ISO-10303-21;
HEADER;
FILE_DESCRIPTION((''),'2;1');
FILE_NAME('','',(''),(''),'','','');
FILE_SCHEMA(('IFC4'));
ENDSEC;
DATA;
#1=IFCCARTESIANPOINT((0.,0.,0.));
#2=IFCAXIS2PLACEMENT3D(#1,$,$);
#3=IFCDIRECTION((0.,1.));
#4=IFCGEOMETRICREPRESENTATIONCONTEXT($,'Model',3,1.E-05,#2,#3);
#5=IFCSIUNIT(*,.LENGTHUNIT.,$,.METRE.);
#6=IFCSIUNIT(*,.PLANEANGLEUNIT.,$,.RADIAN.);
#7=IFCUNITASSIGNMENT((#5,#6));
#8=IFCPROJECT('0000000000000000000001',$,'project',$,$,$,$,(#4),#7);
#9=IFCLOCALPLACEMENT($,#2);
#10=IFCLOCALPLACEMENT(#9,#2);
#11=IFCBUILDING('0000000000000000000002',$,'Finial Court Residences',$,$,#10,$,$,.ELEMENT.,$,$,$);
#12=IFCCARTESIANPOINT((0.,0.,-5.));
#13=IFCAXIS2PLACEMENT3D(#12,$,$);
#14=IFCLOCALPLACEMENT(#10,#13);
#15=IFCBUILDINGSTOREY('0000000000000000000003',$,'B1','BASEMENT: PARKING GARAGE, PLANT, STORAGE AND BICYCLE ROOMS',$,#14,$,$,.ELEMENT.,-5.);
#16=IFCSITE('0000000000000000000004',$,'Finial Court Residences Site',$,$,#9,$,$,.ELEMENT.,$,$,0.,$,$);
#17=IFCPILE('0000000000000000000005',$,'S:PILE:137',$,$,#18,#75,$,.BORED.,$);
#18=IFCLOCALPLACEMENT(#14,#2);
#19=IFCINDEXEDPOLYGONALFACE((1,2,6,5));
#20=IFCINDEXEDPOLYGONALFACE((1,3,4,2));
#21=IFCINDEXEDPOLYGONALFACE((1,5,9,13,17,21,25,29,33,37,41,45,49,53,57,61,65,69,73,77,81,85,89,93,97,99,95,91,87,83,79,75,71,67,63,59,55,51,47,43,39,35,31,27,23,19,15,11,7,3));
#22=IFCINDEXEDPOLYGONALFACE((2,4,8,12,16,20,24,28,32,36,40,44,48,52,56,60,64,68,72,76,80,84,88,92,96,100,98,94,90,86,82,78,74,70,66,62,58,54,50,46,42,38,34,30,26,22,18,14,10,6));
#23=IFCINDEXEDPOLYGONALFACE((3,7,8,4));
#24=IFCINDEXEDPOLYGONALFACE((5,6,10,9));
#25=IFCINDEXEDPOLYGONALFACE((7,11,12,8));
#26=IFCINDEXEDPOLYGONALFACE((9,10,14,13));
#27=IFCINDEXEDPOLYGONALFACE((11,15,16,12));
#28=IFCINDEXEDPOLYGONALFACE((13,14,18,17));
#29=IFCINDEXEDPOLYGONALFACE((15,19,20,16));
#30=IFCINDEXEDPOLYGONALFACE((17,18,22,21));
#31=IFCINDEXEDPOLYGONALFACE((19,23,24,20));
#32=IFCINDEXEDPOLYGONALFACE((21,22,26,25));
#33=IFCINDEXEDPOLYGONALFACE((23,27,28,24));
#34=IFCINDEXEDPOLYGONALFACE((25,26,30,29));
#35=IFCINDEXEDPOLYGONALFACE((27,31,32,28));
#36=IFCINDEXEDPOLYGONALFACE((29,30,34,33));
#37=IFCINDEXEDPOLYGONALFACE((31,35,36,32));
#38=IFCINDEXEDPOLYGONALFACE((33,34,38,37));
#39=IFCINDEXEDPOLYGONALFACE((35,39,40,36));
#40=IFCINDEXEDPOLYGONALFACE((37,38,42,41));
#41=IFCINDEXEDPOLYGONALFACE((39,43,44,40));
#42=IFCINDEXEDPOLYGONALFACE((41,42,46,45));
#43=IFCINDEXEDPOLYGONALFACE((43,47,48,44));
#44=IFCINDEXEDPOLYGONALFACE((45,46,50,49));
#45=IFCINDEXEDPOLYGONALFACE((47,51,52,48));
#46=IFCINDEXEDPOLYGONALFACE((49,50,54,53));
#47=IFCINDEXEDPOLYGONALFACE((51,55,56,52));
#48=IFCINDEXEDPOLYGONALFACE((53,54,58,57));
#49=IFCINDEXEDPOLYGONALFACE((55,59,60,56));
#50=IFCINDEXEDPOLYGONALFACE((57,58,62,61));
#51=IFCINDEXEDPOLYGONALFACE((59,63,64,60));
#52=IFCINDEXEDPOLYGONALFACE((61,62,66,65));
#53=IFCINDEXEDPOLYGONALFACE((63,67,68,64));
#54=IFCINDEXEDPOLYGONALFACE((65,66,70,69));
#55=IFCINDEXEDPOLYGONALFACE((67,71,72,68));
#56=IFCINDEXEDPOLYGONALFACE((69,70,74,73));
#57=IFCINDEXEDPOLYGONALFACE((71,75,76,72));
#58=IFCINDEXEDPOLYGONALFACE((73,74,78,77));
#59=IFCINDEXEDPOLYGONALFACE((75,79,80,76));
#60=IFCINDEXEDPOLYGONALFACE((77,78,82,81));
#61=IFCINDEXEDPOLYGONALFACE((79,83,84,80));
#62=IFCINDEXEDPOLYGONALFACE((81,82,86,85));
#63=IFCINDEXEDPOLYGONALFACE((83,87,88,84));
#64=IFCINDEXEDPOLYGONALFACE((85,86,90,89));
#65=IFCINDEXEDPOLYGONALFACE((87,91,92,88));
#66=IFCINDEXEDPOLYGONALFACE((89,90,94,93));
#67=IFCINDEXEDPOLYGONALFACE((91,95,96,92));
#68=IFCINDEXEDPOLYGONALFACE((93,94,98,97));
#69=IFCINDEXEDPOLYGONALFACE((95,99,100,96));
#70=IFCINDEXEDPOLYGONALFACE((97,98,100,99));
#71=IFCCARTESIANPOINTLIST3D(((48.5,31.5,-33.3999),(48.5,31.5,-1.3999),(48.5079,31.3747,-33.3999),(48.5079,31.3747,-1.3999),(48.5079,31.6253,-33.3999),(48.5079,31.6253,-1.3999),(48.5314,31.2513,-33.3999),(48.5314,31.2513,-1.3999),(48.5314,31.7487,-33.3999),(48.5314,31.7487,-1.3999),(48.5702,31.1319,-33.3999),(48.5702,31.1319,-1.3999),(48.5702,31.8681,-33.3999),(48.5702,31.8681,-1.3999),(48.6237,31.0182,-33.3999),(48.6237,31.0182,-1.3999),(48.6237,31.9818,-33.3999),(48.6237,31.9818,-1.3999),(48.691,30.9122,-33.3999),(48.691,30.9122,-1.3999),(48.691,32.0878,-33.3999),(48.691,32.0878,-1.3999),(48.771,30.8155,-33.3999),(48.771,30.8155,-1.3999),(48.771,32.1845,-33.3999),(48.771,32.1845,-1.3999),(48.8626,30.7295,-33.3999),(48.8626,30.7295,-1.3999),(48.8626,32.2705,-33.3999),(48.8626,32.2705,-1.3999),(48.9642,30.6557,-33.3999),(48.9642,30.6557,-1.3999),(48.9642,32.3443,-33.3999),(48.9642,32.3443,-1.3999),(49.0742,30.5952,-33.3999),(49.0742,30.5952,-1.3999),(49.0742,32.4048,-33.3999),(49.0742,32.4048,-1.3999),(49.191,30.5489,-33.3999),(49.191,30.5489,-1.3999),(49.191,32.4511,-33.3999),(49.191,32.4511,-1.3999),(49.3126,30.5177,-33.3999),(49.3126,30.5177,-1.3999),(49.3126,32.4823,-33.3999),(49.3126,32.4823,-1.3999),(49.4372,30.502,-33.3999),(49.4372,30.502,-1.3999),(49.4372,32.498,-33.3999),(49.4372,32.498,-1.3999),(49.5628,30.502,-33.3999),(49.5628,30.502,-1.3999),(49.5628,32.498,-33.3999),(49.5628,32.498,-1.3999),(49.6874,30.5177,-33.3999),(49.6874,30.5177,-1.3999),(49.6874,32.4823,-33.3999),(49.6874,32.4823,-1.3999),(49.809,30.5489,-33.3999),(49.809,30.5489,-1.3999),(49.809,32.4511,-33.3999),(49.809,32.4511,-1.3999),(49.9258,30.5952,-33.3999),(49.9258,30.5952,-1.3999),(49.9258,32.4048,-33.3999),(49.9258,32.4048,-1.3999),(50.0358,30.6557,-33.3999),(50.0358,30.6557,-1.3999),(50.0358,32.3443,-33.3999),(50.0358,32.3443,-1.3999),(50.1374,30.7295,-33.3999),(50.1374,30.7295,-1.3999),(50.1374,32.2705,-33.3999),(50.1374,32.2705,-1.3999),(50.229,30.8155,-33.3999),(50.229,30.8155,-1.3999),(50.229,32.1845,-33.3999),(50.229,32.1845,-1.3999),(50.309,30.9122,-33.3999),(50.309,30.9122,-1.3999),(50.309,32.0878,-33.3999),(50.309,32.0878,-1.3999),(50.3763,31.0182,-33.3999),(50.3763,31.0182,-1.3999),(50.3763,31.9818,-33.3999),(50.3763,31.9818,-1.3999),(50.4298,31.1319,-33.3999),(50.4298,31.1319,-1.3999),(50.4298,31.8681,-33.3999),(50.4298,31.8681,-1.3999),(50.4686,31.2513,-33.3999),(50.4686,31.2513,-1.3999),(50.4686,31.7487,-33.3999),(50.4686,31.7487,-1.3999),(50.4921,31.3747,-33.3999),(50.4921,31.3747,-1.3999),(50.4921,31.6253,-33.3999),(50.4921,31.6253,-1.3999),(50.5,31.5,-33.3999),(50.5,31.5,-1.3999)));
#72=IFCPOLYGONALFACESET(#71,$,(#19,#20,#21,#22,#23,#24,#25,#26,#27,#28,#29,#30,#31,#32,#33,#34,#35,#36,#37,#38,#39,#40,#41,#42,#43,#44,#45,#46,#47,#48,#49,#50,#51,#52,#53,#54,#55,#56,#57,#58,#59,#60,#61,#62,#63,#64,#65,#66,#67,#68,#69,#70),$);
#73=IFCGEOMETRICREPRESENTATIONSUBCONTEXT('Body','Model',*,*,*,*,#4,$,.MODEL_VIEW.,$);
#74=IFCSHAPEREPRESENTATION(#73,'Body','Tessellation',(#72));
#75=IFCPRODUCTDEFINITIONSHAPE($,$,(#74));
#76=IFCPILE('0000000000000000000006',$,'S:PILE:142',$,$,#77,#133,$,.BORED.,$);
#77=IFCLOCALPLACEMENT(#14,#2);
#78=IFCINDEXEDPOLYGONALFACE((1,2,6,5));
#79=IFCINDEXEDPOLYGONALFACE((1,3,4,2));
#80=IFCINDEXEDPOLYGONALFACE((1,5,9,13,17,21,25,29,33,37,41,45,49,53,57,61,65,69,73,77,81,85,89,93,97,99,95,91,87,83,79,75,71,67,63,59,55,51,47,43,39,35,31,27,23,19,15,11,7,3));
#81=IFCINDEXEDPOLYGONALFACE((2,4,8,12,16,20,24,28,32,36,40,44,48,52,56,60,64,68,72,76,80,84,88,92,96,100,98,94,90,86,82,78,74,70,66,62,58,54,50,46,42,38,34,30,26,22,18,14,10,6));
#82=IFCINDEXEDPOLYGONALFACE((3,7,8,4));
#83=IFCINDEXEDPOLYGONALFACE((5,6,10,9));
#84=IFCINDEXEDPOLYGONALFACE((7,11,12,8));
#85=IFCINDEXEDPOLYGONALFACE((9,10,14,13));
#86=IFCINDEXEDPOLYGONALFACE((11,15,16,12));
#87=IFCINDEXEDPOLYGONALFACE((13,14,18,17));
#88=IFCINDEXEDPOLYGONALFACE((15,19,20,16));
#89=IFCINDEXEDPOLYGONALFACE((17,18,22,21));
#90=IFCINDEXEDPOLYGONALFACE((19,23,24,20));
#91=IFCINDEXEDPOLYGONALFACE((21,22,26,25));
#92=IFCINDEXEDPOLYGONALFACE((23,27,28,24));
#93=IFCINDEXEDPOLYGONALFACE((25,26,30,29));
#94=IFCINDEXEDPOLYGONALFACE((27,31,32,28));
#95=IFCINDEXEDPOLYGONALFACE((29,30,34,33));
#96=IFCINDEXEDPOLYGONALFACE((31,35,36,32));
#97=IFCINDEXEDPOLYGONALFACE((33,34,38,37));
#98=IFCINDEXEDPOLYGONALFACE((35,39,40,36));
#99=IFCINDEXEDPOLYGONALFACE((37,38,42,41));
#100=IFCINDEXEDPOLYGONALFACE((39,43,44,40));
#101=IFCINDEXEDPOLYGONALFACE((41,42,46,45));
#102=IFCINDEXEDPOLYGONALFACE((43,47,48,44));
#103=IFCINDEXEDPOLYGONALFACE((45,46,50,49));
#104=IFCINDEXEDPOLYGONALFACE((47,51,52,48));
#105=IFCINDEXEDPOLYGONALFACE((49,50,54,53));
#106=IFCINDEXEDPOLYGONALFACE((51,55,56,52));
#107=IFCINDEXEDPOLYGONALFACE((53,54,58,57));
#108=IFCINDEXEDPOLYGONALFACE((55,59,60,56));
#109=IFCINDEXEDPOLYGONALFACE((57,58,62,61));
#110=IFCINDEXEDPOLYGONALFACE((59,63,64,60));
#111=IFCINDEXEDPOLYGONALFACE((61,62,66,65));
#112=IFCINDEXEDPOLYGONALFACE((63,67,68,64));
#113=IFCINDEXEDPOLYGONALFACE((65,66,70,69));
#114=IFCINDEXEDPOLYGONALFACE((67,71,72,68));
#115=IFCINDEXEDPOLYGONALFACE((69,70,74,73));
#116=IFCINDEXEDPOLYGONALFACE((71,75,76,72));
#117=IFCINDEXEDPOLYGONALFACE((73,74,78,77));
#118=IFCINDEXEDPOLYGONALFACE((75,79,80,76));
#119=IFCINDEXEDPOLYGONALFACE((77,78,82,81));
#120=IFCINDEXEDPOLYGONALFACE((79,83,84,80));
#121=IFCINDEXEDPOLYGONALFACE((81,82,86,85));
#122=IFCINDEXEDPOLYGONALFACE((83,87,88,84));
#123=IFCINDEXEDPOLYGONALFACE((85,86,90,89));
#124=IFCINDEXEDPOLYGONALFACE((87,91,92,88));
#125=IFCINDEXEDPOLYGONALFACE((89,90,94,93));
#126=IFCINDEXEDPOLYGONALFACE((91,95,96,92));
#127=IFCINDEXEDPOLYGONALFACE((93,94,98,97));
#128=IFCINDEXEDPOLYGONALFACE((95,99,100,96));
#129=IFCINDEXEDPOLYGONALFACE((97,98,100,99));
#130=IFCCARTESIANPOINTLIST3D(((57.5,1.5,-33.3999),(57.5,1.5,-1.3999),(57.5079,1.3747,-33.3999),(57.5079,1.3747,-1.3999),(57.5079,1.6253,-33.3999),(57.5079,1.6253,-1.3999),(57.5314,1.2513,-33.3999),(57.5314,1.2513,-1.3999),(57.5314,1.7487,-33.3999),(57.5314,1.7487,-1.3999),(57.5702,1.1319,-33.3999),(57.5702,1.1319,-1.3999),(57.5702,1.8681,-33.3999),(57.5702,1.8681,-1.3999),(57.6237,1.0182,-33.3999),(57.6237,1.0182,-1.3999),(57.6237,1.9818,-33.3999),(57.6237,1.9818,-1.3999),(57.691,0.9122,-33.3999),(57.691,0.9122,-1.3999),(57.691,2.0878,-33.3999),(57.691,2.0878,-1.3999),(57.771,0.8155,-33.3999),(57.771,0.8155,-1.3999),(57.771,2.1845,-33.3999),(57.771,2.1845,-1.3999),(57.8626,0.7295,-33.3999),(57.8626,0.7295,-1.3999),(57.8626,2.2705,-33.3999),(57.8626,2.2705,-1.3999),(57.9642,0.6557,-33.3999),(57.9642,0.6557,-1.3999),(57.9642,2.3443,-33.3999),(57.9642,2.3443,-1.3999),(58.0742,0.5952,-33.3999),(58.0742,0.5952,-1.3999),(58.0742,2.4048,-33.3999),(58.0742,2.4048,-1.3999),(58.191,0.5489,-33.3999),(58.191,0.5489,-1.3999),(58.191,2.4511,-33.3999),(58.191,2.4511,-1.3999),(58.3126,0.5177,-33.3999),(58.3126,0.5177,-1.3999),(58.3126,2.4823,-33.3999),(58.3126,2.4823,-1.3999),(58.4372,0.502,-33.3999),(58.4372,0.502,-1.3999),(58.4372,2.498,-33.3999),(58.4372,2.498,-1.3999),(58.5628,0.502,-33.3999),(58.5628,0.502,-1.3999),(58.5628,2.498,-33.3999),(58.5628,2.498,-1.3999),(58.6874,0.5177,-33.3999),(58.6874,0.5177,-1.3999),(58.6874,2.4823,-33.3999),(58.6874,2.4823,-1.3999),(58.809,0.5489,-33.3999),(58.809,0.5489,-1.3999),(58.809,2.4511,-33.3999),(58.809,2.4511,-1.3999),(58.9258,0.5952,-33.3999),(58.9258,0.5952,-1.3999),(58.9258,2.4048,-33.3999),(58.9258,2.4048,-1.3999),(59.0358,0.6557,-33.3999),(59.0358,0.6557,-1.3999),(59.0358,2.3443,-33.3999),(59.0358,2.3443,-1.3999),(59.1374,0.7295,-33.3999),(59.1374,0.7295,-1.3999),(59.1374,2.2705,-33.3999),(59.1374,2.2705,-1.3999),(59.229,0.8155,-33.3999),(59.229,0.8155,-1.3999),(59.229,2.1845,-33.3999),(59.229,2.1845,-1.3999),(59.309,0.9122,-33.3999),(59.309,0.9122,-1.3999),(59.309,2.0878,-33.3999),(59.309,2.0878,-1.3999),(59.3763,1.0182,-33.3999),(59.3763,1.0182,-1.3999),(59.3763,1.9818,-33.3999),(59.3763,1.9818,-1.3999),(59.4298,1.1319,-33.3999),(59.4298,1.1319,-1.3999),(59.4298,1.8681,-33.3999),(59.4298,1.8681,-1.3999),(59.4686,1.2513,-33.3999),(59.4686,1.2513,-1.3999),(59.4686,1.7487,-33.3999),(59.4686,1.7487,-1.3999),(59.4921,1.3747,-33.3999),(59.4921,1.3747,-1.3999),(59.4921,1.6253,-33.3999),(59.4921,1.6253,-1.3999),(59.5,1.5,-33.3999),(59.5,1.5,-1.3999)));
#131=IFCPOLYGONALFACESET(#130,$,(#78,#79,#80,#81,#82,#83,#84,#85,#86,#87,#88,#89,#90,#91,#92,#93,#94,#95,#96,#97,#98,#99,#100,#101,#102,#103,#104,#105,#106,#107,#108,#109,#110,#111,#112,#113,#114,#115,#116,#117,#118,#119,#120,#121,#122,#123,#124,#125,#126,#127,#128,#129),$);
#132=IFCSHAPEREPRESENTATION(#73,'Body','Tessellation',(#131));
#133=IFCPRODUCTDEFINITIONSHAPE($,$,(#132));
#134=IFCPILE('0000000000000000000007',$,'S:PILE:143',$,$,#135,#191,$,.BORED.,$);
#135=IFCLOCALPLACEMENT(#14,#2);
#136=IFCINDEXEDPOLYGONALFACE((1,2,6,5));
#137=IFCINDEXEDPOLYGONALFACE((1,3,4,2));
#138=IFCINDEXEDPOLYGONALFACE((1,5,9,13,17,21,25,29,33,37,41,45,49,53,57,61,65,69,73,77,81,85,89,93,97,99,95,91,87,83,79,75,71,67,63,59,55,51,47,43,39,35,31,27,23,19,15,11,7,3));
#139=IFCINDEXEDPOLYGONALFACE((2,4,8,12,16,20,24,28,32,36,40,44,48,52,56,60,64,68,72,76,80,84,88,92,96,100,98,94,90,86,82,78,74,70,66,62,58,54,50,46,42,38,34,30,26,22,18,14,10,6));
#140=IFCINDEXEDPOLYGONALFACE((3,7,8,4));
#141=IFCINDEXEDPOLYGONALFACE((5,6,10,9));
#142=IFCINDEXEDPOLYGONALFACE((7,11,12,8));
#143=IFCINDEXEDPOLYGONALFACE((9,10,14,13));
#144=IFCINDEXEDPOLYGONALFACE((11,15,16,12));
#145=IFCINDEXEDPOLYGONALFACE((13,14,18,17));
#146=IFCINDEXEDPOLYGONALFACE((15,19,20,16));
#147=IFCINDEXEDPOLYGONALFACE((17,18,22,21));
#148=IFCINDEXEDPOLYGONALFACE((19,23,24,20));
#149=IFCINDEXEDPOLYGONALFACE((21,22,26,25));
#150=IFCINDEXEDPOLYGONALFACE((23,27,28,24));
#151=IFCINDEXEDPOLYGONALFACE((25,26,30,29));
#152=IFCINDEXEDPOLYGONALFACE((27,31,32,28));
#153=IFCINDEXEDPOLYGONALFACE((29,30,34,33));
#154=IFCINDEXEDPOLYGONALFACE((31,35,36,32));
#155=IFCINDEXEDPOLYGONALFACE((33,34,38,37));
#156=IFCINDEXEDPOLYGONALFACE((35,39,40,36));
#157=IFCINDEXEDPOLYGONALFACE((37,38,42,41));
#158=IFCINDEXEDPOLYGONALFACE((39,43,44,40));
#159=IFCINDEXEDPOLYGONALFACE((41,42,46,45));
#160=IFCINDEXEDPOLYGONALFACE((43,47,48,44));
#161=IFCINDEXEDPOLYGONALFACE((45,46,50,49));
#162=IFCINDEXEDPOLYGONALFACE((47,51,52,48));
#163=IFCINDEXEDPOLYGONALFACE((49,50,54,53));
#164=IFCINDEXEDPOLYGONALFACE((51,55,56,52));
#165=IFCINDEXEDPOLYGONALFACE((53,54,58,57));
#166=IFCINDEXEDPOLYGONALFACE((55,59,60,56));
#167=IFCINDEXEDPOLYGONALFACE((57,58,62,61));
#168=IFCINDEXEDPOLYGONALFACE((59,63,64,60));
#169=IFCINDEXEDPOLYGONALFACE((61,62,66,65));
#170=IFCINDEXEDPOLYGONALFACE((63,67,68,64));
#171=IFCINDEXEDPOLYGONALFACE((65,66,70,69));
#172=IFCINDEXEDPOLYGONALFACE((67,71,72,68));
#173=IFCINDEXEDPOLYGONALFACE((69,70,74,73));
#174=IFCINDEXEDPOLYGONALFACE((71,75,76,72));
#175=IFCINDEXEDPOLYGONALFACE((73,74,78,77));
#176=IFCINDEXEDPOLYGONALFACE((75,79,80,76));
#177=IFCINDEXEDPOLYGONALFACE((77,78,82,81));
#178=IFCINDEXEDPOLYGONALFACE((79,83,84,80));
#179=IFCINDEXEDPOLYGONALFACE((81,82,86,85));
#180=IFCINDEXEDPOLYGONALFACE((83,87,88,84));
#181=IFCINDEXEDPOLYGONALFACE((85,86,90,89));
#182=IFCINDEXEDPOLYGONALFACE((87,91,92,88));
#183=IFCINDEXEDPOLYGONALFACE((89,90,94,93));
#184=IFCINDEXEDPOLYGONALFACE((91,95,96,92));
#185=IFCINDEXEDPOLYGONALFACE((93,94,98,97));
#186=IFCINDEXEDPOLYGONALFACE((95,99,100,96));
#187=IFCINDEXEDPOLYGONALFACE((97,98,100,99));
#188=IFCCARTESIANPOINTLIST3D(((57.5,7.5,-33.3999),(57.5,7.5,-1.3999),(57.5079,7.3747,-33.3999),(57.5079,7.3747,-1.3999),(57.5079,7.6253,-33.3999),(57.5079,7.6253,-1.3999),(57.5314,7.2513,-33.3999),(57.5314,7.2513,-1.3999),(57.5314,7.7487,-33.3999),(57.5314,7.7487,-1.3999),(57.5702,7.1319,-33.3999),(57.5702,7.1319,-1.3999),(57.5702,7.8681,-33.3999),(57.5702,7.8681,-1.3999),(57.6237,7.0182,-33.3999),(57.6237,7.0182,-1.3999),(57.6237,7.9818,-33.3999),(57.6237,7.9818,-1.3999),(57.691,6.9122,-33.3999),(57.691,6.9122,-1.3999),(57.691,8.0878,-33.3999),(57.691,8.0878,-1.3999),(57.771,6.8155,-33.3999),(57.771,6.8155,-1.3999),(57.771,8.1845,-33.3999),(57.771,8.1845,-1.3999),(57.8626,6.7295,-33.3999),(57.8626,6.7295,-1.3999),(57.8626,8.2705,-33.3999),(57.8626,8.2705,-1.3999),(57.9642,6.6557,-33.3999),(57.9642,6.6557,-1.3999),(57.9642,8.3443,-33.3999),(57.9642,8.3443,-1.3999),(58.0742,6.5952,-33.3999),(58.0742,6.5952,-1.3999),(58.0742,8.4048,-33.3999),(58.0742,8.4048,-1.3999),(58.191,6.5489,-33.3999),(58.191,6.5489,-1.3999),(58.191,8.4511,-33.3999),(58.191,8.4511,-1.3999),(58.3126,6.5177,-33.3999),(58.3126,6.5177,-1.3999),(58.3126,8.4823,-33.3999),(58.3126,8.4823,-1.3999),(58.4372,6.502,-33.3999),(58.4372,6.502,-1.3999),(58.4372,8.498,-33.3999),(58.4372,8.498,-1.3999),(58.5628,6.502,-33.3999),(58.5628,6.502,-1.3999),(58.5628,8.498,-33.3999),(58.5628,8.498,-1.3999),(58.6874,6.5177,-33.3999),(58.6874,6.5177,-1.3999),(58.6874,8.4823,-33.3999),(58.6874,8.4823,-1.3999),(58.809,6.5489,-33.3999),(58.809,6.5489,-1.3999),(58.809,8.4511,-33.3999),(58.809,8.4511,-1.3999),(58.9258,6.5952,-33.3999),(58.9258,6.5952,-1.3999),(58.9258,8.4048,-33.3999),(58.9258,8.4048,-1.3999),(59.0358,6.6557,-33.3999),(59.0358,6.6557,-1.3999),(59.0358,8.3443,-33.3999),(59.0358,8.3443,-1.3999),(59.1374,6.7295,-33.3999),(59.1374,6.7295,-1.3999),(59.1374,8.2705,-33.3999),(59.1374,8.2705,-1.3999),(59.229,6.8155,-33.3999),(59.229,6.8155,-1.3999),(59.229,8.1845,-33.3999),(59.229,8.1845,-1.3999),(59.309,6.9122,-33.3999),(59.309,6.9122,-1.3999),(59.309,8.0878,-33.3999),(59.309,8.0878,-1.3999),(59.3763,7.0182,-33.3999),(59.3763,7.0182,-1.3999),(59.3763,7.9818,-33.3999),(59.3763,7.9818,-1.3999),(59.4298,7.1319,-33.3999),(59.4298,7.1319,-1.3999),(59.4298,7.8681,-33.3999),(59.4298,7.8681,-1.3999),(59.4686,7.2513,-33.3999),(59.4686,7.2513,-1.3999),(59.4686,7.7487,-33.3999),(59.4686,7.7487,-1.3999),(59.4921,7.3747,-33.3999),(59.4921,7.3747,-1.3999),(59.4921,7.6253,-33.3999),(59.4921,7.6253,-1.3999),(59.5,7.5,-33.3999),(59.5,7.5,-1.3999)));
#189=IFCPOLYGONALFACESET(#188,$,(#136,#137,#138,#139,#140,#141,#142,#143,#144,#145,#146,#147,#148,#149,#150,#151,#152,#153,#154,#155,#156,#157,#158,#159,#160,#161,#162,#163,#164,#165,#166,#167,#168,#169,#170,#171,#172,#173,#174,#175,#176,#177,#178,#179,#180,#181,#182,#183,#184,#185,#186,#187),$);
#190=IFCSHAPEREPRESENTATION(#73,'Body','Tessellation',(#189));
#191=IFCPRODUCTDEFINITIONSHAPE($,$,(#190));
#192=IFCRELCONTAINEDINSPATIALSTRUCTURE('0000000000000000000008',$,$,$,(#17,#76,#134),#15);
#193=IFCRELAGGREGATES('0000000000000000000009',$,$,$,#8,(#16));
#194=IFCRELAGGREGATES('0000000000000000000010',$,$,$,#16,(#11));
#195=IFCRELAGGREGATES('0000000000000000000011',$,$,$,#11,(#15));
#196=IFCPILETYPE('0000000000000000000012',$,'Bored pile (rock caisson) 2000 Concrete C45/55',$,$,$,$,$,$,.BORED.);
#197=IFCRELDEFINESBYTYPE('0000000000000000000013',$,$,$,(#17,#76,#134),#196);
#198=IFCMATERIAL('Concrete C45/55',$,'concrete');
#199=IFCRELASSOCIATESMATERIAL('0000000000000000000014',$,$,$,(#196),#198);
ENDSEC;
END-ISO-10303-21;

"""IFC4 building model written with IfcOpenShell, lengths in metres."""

from ifc_helpers import new_model, si_unit, direction, frame, origin, origin_2d, place, context, subcontext, project, spatial, circle, extrude, material, material_profile, profile_set, type_object, element, save


model = new_model("IFC4")

# Units and contexts
model_context = context("Model", 3, precision=1e-05, world=origin(), true_north=direction((0.0, 1.0)))
body_context = subcontext(model_context, "Body", "Model", "MODEL_VIEW")
ifc_project = project(units=[si_unit("LENGTHUNIT", "METRE"), si_unit("PLANEANGLEUNIT", "RADIAN")], contexts=[model_context])

# Site, building, storey
site_placement = place(None, origin())
site = spatial("IfcSite", under=ifc_project, at=site_placement, Name="Finial Court Residences Site", CompositionType="ELEMENT", RefElevation=0.0)
building_placement = place(site_placement, origin())
building = spatial("IfcBuilding", under=site, at=building_placement, Name="Finial Court Residences", CompositionType="ELEMENT")
storey_placement = place(building_placement, frame((0.0, 0.0, -5.0)))
storey = spatial("IfcBuildingStorey", under=building, at=storey_placement, Name="B1", Description="BASEMENT: PARKING GARAGE, PLANT, STORAGE AND BICYCLE ROOMS", CompositionType="ELEMENT", Elevation=-5.0)

# Piles
ifc_material_1 = material(Name="Concrete C45/55", Category="concrete")
ifc_material_profile_1 = material_profile(ifc_material_1, circle(Radius=1.0, at=origin_2d()), Name="D2000")
ifc_profile_set_1 = profile_set([ifc_material_profile_1], Name="Concrete C45/55")
pile_type = type_object("IfcPileType", Name="Bored pile (rock caisson) 2000 Concrete C45/55", PredefinedType="BORED", material=ifc_profile_set_1)
for number, where, z_axis, x_axis, name in (
    (1, (49.5, 31.5, -1.3999), (0.0, 0.0, -1.0), (1.0, 0.0, 0.0), "S:PILE:137"),
    (2, (58.5, 1.5, -1.3999), (0.0, 0.0, -1.0), (1.0, 0.0, 0.0), "S:PILE:142"),
    (3, (58.5, 7.5, -1.3999), (0.0, 0.0, -1.0), (1.0, 0.0, 0.0), "S:PILE:143"),
):
    element("IfcPile", number, at=place(storey_placement, frame(where, z_axis=z_axis, x_axis=x_axis)), inside=storey, type_object=pile_type, Name=name, PredefinedType="BORED", context=body_context, shape_type="SweptSolid", body=[
        extrude(circle(Radius=1.0, at=origin_2d()), origin(), (0.0, 0.0, 1.0), 32.0),
    ])

save(model, "model.ifc")
